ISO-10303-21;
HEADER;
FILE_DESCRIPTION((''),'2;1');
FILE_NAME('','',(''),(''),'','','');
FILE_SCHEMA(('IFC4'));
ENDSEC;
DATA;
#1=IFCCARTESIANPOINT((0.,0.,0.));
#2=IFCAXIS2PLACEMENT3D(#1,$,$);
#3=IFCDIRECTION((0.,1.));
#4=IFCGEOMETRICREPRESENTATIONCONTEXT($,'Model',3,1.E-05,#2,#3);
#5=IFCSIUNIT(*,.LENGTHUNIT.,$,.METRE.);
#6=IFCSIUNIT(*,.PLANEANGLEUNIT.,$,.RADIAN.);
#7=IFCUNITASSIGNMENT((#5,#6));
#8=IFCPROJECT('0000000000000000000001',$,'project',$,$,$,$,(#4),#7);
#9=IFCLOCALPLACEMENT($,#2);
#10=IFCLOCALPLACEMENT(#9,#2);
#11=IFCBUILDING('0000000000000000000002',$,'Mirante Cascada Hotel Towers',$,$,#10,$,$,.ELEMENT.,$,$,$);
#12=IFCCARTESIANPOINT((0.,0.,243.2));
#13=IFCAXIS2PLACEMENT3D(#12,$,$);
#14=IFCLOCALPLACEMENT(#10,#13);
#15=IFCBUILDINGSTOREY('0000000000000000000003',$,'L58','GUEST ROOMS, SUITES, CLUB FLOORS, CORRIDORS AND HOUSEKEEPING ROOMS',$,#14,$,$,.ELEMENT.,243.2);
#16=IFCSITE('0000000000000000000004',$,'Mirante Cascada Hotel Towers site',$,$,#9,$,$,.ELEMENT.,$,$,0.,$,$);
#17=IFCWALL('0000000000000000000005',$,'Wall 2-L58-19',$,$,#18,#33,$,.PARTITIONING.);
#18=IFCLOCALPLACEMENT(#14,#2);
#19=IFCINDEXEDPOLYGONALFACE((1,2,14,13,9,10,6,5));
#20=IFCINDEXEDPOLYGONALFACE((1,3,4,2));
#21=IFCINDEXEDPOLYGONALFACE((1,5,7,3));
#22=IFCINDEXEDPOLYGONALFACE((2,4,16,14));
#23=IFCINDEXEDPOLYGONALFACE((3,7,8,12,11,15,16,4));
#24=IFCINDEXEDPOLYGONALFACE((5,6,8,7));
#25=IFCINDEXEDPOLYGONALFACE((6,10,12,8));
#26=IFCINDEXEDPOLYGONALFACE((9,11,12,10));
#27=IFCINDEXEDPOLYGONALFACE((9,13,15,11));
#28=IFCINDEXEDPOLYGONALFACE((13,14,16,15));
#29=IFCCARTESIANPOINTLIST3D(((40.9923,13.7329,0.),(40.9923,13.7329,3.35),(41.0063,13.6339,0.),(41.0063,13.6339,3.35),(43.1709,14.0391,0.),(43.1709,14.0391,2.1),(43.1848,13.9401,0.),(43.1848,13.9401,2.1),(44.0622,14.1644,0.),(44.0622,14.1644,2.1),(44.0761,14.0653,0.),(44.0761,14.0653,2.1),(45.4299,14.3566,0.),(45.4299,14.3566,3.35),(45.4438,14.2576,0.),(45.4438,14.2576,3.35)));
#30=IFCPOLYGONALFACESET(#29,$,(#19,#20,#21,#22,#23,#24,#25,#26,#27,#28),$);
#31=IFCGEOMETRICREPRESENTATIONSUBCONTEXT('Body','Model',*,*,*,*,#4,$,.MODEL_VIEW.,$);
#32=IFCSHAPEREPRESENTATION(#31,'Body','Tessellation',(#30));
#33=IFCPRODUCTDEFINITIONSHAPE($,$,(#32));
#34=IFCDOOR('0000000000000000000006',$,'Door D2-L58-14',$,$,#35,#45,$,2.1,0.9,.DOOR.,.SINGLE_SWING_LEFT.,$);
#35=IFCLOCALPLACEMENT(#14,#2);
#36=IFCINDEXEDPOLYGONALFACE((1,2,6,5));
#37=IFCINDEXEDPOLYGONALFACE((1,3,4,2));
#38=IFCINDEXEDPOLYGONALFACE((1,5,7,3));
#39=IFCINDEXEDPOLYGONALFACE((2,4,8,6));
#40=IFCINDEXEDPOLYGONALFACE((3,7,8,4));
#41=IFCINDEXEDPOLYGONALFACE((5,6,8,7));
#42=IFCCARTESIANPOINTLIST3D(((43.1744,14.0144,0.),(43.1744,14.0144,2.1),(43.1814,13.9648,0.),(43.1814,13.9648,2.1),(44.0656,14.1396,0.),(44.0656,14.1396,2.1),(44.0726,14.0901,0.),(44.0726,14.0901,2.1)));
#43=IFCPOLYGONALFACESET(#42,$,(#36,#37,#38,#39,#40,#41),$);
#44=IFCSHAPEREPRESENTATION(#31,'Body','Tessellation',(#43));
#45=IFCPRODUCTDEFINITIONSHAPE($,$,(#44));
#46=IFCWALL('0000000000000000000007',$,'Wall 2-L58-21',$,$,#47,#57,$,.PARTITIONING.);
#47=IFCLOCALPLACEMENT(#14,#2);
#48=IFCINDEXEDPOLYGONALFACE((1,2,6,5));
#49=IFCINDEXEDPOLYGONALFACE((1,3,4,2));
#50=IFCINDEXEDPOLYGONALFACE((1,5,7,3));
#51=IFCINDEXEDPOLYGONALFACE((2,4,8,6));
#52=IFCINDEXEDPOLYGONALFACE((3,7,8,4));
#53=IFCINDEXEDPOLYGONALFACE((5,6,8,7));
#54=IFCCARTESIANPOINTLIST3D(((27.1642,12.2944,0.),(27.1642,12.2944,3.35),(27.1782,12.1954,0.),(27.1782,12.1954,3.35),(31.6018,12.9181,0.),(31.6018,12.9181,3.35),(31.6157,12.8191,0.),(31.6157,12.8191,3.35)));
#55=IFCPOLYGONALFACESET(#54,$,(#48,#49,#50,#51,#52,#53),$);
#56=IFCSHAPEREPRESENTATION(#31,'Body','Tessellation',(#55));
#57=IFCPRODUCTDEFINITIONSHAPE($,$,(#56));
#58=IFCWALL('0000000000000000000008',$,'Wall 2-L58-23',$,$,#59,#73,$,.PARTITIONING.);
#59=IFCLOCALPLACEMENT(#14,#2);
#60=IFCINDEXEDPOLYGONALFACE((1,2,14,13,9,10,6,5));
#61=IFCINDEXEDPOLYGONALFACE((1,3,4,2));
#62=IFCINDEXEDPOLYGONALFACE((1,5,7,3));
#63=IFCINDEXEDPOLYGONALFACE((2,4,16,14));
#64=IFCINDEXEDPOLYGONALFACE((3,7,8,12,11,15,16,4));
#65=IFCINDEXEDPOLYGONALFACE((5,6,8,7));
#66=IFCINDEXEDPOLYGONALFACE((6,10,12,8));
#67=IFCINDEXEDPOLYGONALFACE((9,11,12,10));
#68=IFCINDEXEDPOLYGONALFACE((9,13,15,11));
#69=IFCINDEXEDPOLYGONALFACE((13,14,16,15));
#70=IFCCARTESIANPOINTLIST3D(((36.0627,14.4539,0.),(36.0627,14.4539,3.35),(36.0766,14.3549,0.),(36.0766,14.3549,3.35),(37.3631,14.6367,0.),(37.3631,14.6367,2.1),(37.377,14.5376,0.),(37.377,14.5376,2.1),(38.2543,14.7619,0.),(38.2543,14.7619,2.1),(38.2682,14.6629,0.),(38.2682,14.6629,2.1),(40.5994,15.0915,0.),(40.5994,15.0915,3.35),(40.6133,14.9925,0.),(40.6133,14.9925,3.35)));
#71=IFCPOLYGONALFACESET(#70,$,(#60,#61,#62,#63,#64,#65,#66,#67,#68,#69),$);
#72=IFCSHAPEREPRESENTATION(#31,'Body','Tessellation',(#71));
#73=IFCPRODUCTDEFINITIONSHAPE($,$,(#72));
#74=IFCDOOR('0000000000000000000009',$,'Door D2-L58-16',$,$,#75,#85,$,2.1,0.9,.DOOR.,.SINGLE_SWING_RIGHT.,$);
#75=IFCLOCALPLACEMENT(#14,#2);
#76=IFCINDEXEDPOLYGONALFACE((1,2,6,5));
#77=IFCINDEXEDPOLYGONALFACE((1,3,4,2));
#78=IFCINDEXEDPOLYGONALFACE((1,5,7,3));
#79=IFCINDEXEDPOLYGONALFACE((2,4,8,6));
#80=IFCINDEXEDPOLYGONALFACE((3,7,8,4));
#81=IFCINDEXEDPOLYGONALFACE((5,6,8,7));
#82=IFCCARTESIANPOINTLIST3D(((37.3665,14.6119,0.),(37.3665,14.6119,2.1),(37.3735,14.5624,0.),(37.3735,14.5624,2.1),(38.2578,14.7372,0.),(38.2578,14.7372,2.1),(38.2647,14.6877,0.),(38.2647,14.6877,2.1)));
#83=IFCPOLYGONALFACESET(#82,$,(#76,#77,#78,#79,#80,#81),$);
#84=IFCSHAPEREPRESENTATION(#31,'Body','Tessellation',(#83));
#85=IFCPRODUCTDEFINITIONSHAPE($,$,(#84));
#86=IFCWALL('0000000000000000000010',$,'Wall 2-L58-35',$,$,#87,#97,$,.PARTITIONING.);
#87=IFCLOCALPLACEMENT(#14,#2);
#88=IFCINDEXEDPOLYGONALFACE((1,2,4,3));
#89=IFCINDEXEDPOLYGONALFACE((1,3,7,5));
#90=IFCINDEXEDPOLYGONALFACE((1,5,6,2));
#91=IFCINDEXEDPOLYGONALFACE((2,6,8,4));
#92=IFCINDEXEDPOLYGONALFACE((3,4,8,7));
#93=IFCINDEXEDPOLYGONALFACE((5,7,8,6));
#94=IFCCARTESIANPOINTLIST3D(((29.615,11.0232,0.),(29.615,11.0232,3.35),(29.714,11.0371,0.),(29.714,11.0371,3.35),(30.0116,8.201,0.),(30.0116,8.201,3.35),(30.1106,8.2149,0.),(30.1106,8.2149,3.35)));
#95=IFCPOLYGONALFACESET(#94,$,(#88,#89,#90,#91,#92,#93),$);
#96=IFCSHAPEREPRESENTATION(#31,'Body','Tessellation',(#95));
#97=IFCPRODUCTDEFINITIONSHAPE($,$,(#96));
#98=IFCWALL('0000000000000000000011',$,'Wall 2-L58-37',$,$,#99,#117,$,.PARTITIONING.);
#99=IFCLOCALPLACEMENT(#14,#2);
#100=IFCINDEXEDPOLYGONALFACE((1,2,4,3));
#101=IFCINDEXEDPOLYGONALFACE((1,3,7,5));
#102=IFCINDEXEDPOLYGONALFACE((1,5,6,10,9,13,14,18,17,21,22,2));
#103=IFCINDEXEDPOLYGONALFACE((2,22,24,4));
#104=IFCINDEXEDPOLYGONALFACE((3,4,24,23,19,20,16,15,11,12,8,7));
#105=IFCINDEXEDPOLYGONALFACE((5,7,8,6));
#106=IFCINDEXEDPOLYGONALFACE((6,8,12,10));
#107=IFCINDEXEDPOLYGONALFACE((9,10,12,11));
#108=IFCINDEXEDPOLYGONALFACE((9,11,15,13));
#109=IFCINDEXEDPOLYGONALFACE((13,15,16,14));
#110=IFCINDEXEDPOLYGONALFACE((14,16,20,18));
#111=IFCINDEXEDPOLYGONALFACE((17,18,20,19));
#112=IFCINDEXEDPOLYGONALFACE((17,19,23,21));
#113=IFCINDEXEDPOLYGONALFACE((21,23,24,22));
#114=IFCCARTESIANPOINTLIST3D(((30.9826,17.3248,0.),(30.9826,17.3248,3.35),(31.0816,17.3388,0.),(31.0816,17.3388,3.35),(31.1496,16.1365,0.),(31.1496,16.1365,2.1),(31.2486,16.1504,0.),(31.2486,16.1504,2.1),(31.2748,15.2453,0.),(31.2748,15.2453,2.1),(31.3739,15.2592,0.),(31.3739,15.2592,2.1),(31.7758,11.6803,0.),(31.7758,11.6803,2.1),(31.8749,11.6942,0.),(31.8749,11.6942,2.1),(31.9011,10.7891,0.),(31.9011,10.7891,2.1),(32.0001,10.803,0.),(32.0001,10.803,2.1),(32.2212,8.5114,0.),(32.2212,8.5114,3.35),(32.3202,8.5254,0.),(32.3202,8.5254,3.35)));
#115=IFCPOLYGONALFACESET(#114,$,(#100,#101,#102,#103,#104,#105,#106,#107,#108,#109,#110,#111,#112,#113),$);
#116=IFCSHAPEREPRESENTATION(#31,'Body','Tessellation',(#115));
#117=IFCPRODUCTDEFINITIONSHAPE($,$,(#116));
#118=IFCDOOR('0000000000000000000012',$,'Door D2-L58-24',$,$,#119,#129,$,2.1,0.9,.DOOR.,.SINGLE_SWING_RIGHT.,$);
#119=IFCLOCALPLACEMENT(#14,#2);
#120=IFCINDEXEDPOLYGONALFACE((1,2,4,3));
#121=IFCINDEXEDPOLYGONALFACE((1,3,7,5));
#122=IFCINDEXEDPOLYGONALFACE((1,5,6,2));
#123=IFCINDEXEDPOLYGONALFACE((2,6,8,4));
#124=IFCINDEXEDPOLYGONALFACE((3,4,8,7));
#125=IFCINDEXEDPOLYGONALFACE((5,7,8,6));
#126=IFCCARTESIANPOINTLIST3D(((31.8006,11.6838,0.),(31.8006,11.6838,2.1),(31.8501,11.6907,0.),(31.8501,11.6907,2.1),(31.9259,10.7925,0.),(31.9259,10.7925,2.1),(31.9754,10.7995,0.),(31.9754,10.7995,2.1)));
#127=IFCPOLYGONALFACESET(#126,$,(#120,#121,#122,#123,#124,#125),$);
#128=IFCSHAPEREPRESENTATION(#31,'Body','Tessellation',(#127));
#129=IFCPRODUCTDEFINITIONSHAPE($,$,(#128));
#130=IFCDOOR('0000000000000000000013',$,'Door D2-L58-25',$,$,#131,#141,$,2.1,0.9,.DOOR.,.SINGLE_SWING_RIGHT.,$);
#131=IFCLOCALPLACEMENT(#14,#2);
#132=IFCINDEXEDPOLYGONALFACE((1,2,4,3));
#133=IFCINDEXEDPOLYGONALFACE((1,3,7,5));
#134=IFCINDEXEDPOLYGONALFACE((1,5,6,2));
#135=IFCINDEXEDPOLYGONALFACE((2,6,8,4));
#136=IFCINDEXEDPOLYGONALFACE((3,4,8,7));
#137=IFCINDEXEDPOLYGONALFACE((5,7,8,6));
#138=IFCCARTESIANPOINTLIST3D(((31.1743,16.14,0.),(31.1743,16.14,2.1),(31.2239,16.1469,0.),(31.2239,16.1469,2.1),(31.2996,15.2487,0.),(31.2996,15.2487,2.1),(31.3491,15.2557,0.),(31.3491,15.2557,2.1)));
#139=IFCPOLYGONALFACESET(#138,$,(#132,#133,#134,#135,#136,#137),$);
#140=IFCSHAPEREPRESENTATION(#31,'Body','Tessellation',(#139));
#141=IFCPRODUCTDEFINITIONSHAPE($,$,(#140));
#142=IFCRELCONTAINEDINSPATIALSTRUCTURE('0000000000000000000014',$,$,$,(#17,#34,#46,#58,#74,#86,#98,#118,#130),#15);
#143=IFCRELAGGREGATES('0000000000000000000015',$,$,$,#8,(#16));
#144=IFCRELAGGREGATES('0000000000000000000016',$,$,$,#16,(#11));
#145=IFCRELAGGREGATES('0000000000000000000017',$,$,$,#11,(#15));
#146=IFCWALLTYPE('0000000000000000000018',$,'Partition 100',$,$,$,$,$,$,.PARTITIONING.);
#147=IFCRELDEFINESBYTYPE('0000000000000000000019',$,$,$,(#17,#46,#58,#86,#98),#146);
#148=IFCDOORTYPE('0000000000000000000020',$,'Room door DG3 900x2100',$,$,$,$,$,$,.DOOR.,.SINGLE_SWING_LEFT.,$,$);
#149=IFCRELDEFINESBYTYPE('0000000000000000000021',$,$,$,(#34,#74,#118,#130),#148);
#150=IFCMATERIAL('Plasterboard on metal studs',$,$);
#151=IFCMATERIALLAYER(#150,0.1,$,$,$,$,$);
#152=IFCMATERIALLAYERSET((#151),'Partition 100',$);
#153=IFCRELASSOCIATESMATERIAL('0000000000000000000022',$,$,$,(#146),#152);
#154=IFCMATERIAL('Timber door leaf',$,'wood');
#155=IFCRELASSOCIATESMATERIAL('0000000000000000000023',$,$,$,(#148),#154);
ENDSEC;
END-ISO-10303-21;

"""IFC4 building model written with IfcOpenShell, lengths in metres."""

from ifc_helpers import new_model, si_unit, direction, frame, frame_2d, origin, place, context, subcontext, project, spatial, rectangle, extrude, material, layer, layer_set, type_object, element, fill, save


model = new_model("IFC4")

# Units and contexts
model_context = context("Model", 3, precision=1e-05, world=origin(), true_north=direction((0.0, 1.0)))
body_context = subcontext(model_context, "Body", "Model", "MODEL_VIEW")
ifc_project = project(units=[si_unit("LENGTHUNIT", "METRE"), si_unit("PLANEANGLEUNIT", "RADIAN")], contexts=[model_context])

# Site, building, storey
site_placement = place(None, origin())
site = spatial("IfcSite", under=ifc_project, at=site_placement, Name="Mirante Cascada Hotel Towers site", CompositionType="ELEMENT", RefElevation=0.0)
building_placement = place(site_placement, origin())
building = spatial("IfcBuilding", under=site, at=building_placement, Name="Mirante Cascada Hotel Towers", CompositionType="ELEMENT")
storey_placement = place(building_placement, frame((0.0, 0.0, 243.2)))
storey = spatial("IfcBuildingStorey", under=building, at=storey_placement, Name="L58", Description="GUEST ROOMS, SUITES, CLUB FLOORS, CORRIDORS AND HOUSEKEEPING ROOMS", CompositionType="ELEMENT", Elevation=243.2)

# Shared definitions
ifc_material_1 = material(Name="Plasterboard on metal studs")
ifc_layer_1 = layer(ifc_material_1, 0.1)
ifc_layer_set_1 = layer_set([ifc_layer_1], Name="Partition 100")
wall_type_1 = type_object("IfcWallType", Name="Partition 100", PredefinedType="PARTITIONING", material=ifc_layer_set_1)
ifc_material_2 = material(Name="Timber door leaf", Category="wood")
door_type_1 = type_object("IfcDoorType", Name="Room door DG3 900x2100", OperationType="SINGLE_SWING_LEFT", PredefinedType="DOOR", material=ifc_material_2)

# Wall, opening, door
wall_1_placement = place(storey_placement, frame((40.9993, 13.6834, 0.0), z_axis=(0.0, 0.0, 1.0), x_axis=(0.990267, 0.139181, 0.0)))
wall_1 = element("IfcWall", 1, at=wall_1_placement, inside=storey, type_object=wall_type_1, Name="Wall 2-L58-19", PredefinedType="PARTITIONING", context=body_context, shape_type="SweptSolid", body=[
    extrude(rectangle(XDim=4.4812, YDim=0.1, at=frame_2d((2.2406, 0.0))), origin(), (0.0, 0.0, 1.0), 3.35),
])
opening_1_placement = place(wall_1_placement, frame((2.2, 0.0, 0.0)))
opening_1 = element("IfcOpeningElement", 2, at=opening_1_placement, cuts=wall_1, PredefinedType="OPENING", context=body_context, shape_type="SweptSolid", body=[
    extrude(rectangle(XDim=0.9, YDim=2.1, at=frame_2d((0.45, 1.05))), frame((0.0, 0.05, 0.0), z_axis=(0.0, -1.0, 0.0), x_axis=(1.0, 0.0, 0.0)), (0.0, 0.0, 1.0), 0.1),
])
door_1_placement = place(opening_1_placement, origin())
door_1 = element("IfcDoor", 3, at=door_1_placement, inside=storey, type_object=door_type_1, Name="Door D2-L58-14", OperationType="SINGLE_SWING_LEFT", OverallHeight=2.1, OverallWidth=0.9, PredefinedType="DOOR", context=body_context, shape_type="SweptSolid", body=[
    extrude(rectangle(XDim=0.9, YDim=2.1, at=frame_2d((0.45, 1.05))), frame((0.0, 0.025, 0.0), z_axis=(0.0, -1.0, 0.0), x_axis=(1.0, 0.0, 0.0)), (0.0, 0.0, 1.0), 0.05),
])
fill(opening_1, door_1)

# Wall
wall_2_placement = place(storey_placement, frame((27.1712, 12.2449, 0.0), z_axis=(0.0, 0.0, 1.0), x_axis=(0.990267, 0.139181, 0.0)))
element("IfcWall", 4, at=wall_2_placement, inside=storey, type_object=wall_type_1, Name="Wall 2-L58-21", PredefinedType="PARTITIONING", context=body_context, shape_type="SweptSolid", body=[
    extrude(rectangle(XDim=4.4812, YDim=0.1, at=frame_2d((2.2406, 0.0))), origin(), (0.0, 0.0, 1.0), 3.35),
])

# Wall, opening, door
wall_3_placement = place(storey_placement, frame((36.0697, 14.4044, 0.0), z_axis=(0.0, 0.0, 1.0), x_axis=(0.990268, 0.139175, 0.0)))
wall_3 = element("IfcWall", 5, at=wall_3_placement, inside=storey, type_object=wall_type_1, Name="Wall 2-L58-23", PredefinedType="PARTITIONING", context=body_context, shape_type="SweptSolid", body=[
    extrude(rectangle(XDim=4.5813, YDim=0.1, at=frame_2d((2.2906, 0.0))), origin(), (0.0, 0.0, 1.0), 3.35),
])
opening_2_placement = place(wall_3_placement, frame((1.3131, 0.0, 0.0)))
opening_2 = element("IfcOpeningElement", 6, at=opening_2_placement, cuts=wall_3, PredefinedType="OPENING", context=body_context, shape_type="SweptSolid", body=[
    extrude(rectangle(XDim=0.9, YDim=2.1, at=frame_2d((0.45, 1.05))), frame((0.0, 0.05, 0.0), z_axis=(0.0, -1.0, 0.0), x_axis=(1.0, 0.0, 0.0)), (0.0, 0.0, 1.0), 0.1),
])
door_2_placement = place(opening_2_placement, frame((0.9, 0.0, 0.0), z_axis=(0.0, 0.0, 1.0), x_axis=(-1.0, 0.0, 0.0)))
door_2 = element("IfcDoor", 7, at=door_2_placement, inside=storey, type_object=door_type_1, Name="Door D2-L58-16", OperationType="SINGLE_SWING_RIGHT", OverallHeight=2.1, OverallWidth=0.9, PredefinedType="DOOR", context=body_context, shape_type="SweptSolid", body=[
    extrude(rectangle(XDim=0.9, YDim=2.1, at=frame_2d((0.45, 1.05))), frame((0.0, 0.025, 0.0), z_axis=(0.0, -1.0, 0.0), x_axis=(1.0, 0.0, 0.0)), (0.0, 0.0, 1.0), 0.05),
])
fill(opening_2, door_2)

# Wall
wall_4_placement = place(storey_placement, frame((30.0611, 8.2079, 0.0), z_axis=(0.0, 0.0, 1.0), x_axis=(-0.139161, 0.99027, 0.0)))
element("IfcWall", 8, at=wall_4_placement, inside=storey, type_object=wall_type_1, Name="Wall 2-L58-35", PredefinedType="PARTITIONING", context=body_context, shape_type="SweptSolid", body=[
    extrude(rectangle(XDim=2.8499, YDim=0.1, at=frame_2d((1.425, 0.0))), origin(), (0.0, 0.0, 1.0), 3.35),
])

# Wall, openings, doors
wall_5_placement = place(storey_placement, frame((32.2707, 8.5184, 0.0), z_axis=(0.0, 0.0, 1.0), x_axis=(-0.139168, 0.990269, 0.0)))
wall_5 = element("IfcWall", 9, at=wall_5_placement, inside=storey, type_object=wall_type_1, Name="Wall 2-L58-37", PredefinedType="PARTITIONING", context=body_context, shape_type="SweptSolid", body=[
    extrude(rectangle(XDim=8.9, YDim=0.1, at=frame_2d((4.45, 0.0))), origin(), (0.0, 0.0, 1.0), 3.35),
])
opening_3_placement = place(wall_5_placement, frame((2.3, 0.0, 0.0)))
opening_3 = element("IfcOpeningElement", 10, at=opening_3_placement, cuts=wall_5, PredefinedType="OPENING", context=body_context, shape_type="SweptSolid", body=[
    extrude(rectangle(XDim=0.9, YDim=2.1, at=frame_2d((0.45, 1.05))), frame((0.0, 0.05, 0.0), z_axis=(0.0, -1.0, 0.0), x_axis=(1.0, 0.0, 0.0)), (0.0, 0.0, 1.0), 0.1),
])
opening_4_placement = place(wall_5_placement, frame((6.8, 0.0, 0.0)))
opening_4 = element("IfcOpeningElement", 11, at=opening_4_placement, cuts=wall_5, PredefinedType="OPENING", context=body_context, shape_type="SweptSolid", body=[
    extrude(rectangle(XDim=0.9, YDim=2.1, at=frame_2d((0.45, 1.05))), frame((0.0, 0.05, 0.0), z_axis=(0.0, -1.0, 0.0), x_axis=(1.0, 0.0, 0.0)), (0.0, 0.0, 1.0), 0.1),
])
door_3_placement = place(opening_3_placement, frame((0.9, 0.0, 0.0), z_axis=(0.0, 0.0, 1.0), x_axis=(-1.0, 0.0, 0.0)))
door_3 = element("IfcDoor", 12, at=door_3_placement, inside=storey, type_object=door_type_1, Name="Door D2-L58-24", OperationType="SINGLE_SWING_RIGHT", OverallHeight=2.1, OverallWidth=0.9, PredefinedType="DOOR", context=body_context, shape_type="SweptSolid", body=[
    extrude(rectangle(XDim=0.9, YDim=2.1, at=frame_2d((0.45, 1.05))), frame((0.0, 0.025, 0.0), z_axis=(0.0, -1.0, 0.0), x_axis=(1.0, 0.0, 0.0)), (0.0, 0.0, 1.0), 0.05),
])
fill(opening_3, door_3)
door_4_placement = place(opening_4_placement, frame((0.9, 0.0, 0.0), z_axis=(0.0, 0.0, 1.0), x_axis=(-1.0, 0.0, 0.0)))
door_4 = element("IfcDoor", 13, at=door_4_placement, inside=storey, type_object=door_type_1, Name="Door D2-L58-25", OperationType="SINGLE_SWING_RIGHT", OverallHeight=2.1, OverallWidth=0.9, PredefinedType="DOOR", context=body_context, shape_type="SweptSolid", body=[
    extrude(rectangle(XDim=0.9, YDim=2.1, at=frame_2d((0.45, 1.05))), frame((0.0, 0.025, 0.0), z_axis=(0.0, -1.0, 0.0), x_axis=(1.0, 0.0, 0.0)), (0.0, 0.0, 1.0), 0.05),
])
fill(opening_4, door_4)

save(model, "model.ifc")
